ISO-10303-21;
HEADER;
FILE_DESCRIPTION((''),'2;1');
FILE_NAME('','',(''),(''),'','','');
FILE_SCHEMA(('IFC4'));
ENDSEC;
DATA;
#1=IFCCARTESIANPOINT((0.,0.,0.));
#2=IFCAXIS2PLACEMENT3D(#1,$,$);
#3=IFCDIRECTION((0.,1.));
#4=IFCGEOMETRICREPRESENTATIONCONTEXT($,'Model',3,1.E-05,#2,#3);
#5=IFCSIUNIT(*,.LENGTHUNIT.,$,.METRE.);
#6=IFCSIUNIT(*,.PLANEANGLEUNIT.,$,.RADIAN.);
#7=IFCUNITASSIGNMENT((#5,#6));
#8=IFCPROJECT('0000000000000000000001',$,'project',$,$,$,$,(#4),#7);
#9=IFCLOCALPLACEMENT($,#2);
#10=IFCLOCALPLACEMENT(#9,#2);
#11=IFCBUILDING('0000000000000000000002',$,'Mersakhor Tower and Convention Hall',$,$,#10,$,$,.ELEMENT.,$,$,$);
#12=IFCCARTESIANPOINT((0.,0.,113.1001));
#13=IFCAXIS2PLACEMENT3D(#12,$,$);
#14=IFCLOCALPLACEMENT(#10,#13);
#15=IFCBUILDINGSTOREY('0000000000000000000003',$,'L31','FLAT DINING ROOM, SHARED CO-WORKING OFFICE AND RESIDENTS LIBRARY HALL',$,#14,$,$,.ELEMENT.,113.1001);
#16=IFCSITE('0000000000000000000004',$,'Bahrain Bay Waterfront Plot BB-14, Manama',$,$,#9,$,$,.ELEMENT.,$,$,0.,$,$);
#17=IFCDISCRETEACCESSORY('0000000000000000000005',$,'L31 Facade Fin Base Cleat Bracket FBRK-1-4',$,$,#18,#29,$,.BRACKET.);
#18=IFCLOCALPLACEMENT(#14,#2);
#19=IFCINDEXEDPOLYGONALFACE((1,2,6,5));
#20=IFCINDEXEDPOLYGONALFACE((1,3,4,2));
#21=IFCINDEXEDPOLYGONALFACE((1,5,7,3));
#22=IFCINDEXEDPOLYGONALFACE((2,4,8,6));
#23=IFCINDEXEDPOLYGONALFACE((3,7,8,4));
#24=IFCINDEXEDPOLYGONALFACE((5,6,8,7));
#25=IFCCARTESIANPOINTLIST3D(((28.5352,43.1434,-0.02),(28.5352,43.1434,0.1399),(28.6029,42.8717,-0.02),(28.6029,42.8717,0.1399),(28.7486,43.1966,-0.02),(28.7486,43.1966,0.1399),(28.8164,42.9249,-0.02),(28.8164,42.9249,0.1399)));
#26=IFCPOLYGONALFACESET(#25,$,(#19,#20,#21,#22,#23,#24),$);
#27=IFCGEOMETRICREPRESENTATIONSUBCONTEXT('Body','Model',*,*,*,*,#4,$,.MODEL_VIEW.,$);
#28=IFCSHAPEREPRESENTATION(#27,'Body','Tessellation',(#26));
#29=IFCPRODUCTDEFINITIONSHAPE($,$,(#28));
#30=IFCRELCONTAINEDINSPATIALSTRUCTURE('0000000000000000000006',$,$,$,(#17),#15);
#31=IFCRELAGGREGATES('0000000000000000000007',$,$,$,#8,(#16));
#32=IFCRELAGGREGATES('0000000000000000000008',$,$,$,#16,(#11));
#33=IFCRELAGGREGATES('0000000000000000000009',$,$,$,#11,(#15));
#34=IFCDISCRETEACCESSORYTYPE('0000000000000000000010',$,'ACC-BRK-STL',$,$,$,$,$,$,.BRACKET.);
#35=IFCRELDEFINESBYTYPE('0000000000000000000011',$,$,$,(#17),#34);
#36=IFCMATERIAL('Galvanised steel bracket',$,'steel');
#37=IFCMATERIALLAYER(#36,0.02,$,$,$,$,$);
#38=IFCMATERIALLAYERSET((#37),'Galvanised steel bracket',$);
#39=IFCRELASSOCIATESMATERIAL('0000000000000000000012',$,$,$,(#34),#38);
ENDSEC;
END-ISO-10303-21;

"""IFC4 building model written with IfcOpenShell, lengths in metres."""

from ifc_helpers import new_model, si_unit, direction, frame, origin, origin_2d, place, context, subcontext, project, spatial, rectangle, extrude, material, layer, layer_set, type_object, element, save


model = new_model("IFC4")

# Units and contexts
model_context = context("Model", 3, precision=1e-05, world=origin(), true_north=direction((0.0, 1.0)))
body_context = subcontext(model_context, "Body", "Model", "MODEL_VIEW")
ifc_project = project(units=[si_unit("LENGTHUNIT", "METRE"), si_unit("PLANEANGLEUNIT", "RADIAN")], contexts=[model_context])

# Site, building, storey
site_placement = place(None, origin())
site = spatial("IfcSite", under=ifc_project, at=site_placement, Name="Bahrain Bay Waterfront Plot BB-14, Manama", CompositionType="ELEMENT", RefElevation=0.0)
building_placement = place(site_placement, origin())
building = spatial("IfcBuilding", under=site, at=building_placement, Name="Mersakhor Tower and Convention Hall", CompositionType="ELEMENT")
storey_placement = place(building_placement, frame((0.0, 0.0, 113.1001)))
storey = spatial("IfcBuildingStorey", under=building, at=storey_placement, Name="L31", Description="FLAT DINING ROOM, SHARED CO-WORKING OFFICE AND RESIDENTS LIBRARY HALL", CompositionType="ELEMENT", Elevation=113.1001)

# Discrete accessory
ifc_material_1 = material(Name="Galvanised steel bracket", Category="steel")
ifc_layer_1 = layer(ifc_material_1, 0.02)
ifc_layer_set_1 = layer_set([ifc_layer_1], Name="Galvanised steel bracket")
discrete_accessory_type = type_object("IfcDiscreteAccessoryType", Name="ACC-BRK-STL", PredefinedType="BRACKET", material=ifc_layer_set_1)
discrete_accessory_1_placement = place(storey_placement, frame((28.6758, 43.0342, -0.02), z_axis=(0.0, 0.0, 1.0), x_axis=(-0.241922, 0.970296, 0.0)))
element("IfcDiscreteAccessory", 1, at=discrete_accessory_1_placement, inside=storey, type_object=discrete_accessory_type, Name="L31 Facade Fin Base Cleat Bracket FBRK-1-4", PredefinedType="BRACKET", context=body_context, shape_type="SweptSolid", body=[
    extrude(rectangle(XDim=0.28, YDim=0.22, at=origin_2d()), origin(), (0.0, 0.0, 1.0), 0.1599),
])

save(model, "model.ifc")
